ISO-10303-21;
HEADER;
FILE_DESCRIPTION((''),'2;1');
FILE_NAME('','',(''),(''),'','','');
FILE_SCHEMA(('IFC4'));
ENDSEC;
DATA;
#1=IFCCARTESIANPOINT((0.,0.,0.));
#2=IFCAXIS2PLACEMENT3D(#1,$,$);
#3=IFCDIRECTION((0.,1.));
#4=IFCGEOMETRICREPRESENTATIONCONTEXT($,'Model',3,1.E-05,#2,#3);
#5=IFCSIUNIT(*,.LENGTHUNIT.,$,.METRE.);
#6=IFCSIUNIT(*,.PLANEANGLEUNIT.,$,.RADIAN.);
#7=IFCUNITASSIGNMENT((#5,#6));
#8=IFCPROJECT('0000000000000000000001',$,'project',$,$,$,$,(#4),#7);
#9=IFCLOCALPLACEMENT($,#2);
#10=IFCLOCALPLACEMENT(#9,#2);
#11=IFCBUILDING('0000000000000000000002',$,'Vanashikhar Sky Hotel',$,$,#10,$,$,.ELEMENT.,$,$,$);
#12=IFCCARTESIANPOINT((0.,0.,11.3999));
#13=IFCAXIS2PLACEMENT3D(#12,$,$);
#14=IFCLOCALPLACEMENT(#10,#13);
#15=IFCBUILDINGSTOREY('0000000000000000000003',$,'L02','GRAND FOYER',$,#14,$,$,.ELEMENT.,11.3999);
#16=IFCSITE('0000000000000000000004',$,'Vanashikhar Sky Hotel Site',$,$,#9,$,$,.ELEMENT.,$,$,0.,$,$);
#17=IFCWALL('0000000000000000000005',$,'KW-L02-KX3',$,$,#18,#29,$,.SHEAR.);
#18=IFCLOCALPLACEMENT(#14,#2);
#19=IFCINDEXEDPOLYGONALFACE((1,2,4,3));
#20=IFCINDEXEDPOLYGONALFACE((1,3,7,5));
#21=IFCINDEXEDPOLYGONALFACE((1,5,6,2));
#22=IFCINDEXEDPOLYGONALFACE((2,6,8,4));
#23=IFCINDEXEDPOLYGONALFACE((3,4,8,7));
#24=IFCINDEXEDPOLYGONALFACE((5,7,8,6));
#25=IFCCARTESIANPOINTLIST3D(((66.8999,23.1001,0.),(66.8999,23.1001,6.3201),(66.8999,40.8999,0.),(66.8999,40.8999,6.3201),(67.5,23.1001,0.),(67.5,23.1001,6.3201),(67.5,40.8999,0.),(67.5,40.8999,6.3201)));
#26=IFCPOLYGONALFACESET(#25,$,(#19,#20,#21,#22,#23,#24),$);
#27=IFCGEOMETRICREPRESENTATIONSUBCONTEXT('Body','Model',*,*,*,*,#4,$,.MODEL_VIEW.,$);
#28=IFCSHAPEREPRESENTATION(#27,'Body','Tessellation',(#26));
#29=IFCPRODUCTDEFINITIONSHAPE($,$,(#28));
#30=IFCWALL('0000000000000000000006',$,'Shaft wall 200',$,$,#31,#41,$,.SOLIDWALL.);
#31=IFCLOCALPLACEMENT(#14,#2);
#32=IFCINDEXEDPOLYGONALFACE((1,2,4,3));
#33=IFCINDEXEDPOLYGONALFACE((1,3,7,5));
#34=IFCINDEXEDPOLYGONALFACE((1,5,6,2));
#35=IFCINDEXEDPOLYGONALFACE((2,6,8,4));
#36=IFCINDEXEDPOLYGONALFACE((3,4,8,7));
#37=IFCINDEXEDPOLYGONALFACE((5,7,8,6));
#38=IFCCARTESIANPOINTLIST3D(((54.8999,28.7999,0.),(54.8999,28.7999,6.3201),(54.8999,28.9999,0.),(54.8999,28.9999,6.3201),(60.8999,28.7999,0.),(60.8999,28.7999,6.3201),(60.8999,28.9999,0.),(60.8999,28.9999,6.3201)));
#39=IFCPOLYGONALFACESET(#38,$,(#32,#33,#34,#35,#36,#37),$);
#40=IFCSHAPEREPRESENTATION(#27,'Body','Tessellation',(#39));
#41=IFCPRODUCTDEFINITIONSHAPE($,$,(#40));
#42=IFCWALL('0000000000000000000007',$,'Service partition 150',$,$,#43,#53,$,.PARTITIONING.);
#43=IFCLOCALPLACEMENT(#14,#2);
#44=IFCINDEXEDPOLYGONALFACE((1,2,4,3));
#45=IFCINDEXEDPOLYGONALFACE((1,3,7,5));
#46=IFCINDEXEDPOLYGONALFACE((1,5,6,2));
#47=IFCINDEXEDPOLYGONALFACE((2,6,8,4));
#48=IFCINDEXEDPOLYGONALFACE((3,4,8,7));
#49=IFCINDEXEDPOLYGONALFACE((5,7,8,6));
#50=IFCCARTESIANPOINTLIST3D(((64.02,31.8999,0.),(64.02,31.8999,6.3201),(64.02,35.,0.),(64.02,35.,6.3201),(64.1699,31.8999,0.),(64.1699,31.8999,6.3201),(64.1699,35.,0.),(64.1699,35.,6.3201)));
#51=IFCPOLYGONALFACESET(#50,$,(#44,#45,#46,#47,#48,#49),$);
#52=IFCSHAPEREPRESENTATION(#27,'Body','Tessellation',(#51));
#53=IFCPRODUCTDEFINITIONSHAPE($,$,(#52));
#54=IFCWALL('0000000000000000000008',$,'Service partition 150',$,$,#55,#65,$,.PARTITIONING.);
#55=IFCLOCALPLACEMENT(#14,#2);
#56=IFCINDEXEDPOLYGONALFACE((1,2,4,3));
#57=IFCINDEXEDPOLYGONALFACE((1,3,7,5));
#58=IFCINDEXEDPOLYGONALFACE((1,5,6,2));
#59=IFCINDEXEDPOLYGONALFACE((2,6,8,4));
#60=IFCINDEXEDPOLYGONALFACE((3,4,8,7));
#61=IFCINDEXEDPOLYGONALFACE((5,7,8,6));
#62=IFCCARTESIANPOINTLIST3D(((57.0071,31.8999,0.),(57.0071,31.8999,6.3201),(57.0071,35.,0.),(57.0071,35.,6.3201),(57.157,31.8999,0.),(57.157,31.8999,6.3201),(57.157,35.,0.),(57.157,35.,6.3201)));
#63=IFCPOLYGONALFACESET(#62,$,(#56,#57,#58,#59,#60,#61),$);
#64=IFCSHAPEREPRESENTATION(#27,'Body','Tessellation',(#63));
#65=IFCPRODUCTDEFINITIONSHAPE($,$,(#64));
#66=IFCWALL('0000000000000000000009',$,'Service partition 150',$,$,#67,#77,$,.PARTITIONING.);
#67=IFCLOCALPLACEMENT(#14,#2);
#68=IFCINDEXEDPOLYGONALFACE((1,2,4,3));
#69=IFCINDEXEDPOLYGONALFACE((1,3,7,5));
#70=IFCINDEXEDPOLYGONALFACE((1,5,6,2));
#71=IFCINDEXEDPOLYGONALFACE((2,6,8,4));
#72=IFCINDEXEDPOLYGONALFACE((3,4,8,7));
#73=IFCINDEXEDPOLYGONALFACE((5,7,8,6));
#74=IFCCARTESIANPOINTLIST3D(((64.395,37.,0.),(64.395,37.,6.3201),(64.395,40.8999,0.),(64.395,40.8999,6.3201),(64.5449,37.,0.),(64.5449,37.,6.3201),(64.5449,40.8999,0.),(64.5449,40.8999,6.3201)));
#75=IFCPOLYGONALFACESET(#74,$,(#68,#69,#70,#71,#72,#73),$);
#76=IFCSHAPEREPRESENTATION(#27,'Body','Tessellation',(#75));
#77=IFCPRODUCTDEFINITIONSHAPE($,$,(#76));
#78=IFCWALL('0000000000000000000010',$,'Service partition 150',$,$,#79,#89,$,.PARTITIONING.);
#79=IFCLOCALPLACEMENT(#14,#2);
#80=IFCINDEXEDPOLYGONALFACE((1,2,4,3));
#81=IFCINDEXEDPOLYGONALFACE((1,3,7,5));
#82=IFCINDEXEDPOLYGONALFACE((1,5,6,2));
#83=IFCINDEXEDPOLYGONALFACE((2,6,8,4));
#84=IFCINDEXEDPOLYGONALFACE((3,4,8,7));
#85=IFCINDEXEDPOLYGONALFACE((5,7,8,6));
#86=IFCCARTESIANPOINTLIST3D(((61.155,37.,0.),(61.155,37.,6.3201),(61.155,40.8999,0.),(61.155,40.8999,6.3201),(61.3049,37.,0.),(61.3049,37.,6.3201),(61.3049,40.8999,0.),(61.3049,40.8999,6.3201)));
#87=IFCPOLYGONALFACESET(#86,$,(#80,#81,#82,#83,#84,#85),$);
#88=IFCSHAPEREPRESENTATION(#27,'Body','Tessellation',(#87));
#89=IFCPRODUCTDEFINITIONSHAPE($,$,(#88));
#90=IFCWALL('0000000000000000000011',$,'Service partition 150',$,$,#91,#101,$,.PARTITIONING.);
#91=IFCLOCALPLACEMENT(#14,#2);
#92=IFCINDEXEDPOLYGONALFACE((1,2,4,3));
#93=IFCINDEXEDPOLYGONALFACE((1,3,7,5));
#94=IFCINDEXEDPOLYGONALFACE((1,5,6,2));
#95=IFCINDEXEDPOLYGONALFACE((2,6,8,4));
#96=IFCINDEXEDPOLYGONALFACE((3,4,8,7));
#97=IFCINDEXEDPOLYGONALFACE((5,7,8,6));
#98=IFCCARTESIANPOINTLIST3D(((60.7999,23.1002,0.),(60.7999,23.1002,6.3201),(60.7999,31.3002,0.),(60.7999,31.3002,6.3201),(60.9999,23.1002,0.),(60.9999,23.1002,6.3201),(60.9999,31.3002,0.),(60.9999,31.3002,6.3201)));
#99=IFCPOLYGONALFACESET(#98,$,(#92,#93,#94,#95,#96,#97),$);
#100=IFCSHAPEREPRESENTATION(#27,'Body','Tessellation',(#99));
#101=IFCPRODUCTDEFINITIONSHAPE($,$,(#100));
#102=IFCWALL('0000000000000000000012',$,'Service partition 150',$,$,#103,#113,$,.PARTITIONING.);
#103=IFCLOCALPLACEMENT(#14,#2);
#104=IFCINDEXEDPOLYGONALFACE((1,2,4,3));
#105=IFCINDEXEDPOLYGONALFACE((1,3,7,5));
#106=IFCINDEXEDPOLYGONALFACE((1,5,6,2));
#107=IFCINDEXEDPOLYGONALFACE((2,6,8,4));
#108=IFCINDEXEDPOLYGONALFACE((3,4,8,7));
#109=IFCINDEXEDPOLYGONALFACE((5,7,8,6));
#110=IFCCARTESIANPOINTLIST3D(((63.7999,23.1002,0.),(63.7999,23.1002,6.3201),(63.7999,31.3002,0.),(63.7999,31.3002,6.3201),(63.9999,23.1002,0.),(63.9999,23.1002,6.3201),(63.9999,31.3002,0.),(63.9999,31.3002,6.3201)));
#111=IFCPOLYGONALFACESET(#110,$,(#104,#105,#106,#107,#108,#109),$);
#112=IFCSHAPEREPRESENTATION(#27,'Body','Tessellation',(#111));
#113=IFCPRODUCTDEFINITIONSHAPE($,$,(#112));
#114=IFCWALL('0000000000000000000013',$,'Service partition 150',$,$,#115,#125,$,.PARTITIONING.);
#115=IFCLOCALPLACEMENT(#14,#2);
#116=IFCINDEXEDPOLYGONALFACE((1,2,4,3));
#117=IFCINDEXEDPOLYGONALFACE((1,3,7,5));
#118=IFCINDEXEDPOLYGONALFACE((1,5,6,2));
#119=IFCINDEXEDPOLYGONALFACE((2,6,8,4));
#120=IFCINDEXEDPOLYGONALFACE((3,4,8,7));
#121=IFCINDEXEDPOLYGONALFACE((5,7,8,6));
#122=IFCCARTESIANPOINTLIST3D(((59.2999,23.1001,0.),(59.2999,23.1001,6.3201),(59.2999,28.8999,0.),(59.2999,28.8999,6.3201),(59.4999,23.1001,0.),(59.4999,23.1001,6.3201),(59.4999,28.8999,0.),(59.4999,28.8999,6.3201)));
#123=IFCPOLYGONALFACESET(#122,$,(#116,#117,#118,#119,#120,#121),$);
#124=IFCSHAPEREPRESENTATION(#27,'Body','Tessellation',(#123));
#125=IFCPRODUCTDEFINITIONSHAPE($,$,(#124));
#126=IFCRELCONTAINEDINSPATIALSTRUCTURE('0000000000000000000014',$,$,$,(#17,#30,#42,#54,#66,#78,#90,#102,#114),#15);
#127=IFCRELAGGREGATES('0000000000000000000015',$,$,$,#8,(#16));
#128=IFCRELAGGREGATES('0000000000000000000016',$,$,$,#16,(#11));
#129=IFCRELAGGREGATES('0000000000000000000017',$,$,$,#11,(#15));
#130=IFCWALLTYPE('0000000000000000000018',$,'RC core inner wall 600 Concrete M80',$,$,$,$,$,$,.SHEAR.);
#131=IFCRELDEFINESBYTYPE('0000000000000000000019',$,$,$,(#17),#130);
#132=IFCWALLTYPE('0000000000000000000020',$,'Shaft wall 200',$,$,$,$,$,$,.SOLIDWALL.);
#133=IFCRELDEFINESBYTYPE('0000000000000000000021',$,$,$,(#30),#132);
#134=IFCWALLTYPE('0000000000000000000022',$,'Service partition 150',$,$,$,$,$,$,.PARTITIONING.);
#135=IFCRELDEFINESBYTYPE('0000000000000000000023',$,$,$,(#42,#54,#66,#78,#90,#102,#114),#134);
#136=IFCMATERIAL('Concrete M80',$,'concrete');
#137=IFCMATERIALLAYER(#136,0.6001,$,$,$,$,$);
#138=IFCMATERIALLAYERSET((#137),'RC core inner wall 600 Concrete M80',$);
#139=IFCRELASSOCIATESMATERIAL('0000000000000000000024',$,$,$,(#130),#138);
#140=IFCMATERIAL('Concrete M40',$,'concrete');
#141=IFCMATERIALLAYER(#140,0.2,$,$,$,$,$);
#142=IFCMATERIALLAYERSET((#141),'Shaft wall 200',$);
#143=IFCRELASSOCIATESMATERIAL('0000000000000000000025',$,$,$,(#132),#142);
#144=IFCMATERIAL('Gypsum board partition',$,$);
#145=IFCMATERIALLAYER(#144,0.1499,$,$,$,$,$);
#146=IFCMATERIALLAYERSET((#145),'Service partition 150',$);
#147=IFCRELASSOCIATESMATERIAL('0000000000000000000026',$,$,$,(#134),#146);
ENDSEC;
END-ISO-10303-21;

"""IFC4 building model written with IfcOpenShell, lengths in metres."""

from ifc_helpers import new_model, si_unit, direction, frame, frame_2d, origin, place, context, subcontext, project, spatial, rectangle, extrude, source, transform, mapped, material, layer, layer_set, type_object, element, save


model = new_model("IFC4")

# Units and contexts
model_context = context("Model", 3, precision=1e-05, world=origin(), true_north=direction((0.0, 1.0)))
body_context = subcontext(model_context, "Body", "Model", "MODEL_VIEW")
ifc_project = project(units=[si_unit("LENGTHUNIT", "METRE"), si_unit("PLANEANGLEUNIT", "RADIAN")], contexts=[model_context])

# Site, building, storey
site_placement = place(None, origin())
site = spatial("IfcSite", under=ifc_project, at=site_placement, Name="Vanashikhar Sky Hotel Site", CompositionType="ELEMENT", RefElevation=0.0)
building_placement = place(site_placement, origin())
building = spatial("IfcBuilding", under=site, at=building_placement, Name="Vanashikhar Sky Hotel", CompositionType="ELEMENT")
storey_placement = place(building_placement, frame((0.0, 0.0, 11.3999)))
storey = spatial("IfcBuildingStorey", under=building, at=storey_placement, Name="L02", Description="GRAND FOYER", CompositionType="ELEMENT", Elevation=11.3999)

# Walls
ifc_material_1 = material(Name="Concrete M80", Category="concrete")
ifc_layer_1 = layer(ifc_material_1, 0.6001)
ifc_layer_set_1 = layer_set([ifc_layer_1], Name="RC core inner wall 600 Concrete M80")
wall_type_1 = type_object("IfcWallType", Name="RC core inner wall 600 Concrete M80", PredefinedType="SHEAR", material=ifc_layer_set_1)
shared_shape_1 = source(origin(), body_context, "Body", "SweptSolid", [
    extrude(rectangle(XDim=17.7998, YDim=0.6001, at=frame_2d((8.8999, 0.0))), origin(), (0.0, 0.0, 1.0), 6.3201),
])
wall_1_placement = place(storey_placement, frame((67.2, 23.1001, 0.0), z_axis=(0.0, 0.0, 1.0), x_axis=(0.0, 1.0, 0.0)))
element("IfcWall", 1, at=wall_1_placement, inside=storey, type_object=wall_type_1, Name="KW-L02-KX3", PredefinedType="SHEAR", context=body_context, shape_type="MappedRepresentation", body=[
    mapped(shared_shape_1, transform((0.0, 0.0, 0.0), scale=1.0)),
])
ifc_material_2 = material(Name="Concrete M40", Category="concrete")
ifc_layer_2 = layer(ifc_material_2, 0.2)
ifc_layer_set_2 = layer_set([ifc_layer_2], Name="Shaft wall 200")
wall_type_2 = type_object("IfcWallType", Name="Shaft wall 200", PredefinedType="SOLIDWALL", material=ifc_layer_set_2)
shared_shape_2 = source(origin(), body_context, "Body", "SweptSolid", [
    extrude(rectangle(XDim=6.0, YDim=0.2, at=frame_2d((3.0, 0.0))), origin(), (0.0, 0.0, 1.0), 6.3201),
])
wall_2_placement = place(storey_placement, frame((60.8999, 28.8999, 0.0), z_axis=(0.0, 0.0, 1.0), x_axis=(-1.0, 0.0, 0.0)))
element("IfcWall", 2, at=wall_2_placement, inside=storey, type_object=wall_type_2, Name="Shaft wall 200", PredefinedType="SOLIDWALL", context=body_context, shape_type="MappedRepresentation", body=[
    mapped(shared_shape_2, transform((0.0, 0.0, 0.0), scale=1.0)),
])
ifc_material_3 = material(Name="Gypsum board partition")
ifc_layer_3 = layer(ifc_material_3, 0.1499)
ifc_layer_set_3 = layer_set([ifc_layer_3], Name="Service partition 150")
wall_type_3 = type_object("IfcWallType", Name="Service partition 150", PredefinedType="PARTITIONING", material=ifc_layer_set_3)
shared_shape_3 = source(origin(), body_context, "Body", "SweptSolid", [
    extrude(rectangle(XDim=3.1001, YDim=0.1499, at=frame_2d((1.55, 0.0))), origin(), (0.0, 0.0, 1.0), 6.3201),
])
for number, where, z_axis, x_axis, name in (
    (3, (64.095, 31.8999, 0.0), (0.0, 0.0, 1.0), (0.0, 1.0, 0.0), "Service partition 150"),
    (4, (57.082, 31.8999, 0.0), (0.0, 0.0, 1.0), (0.0, 1.0, 0.0), "Service partition 150"),
):
    element("IfcWall", number, at=place(storey_placement, frame(where, z_axis=z_axis, x_axis=x_axis)), inside=storey, type_object=wall_type_3, Name=name, PredefinedType="PARTITIONING", context=body_context, shape_type="MappedRepresentation", body=[
        mapped(shared_shape_3, transform((0.0, 0.0, 0.0), scale=1.0)),
    ])
shared_shape_4 = source(origin(), body_context, "Body", "SweptSolid", [
    extrude(rectangle(XDim=3.8999, YDim=0.1499, at=frame_2d((1.95, 0.0))), origin(), (0.0, 0.0, 1.0), 6.3201),
])
for number, where, z_axis, x_axis, name in (
    (5, (64.47, 37.0, 0.0), (0.0, 0.0, 1.0), (0.0, 1.0, 0.0), "Service partition 150"),
    (6, (61.23, 37.0, 0.0), (0.0, 0.0, 1.0), (0.0, 1.0, 0.0), "Service partition 150"),
):
    element("IfcWall", number, at=place(storey_placement, frame(where, z_axis=z_axis, x_axis=x_axis)), inside=storey, type_object=wall_type_3, Name=name, PredefinedType="PARTITIONING", context=body_context, shape_type="MappedRepresentation", body=[
        mapped(shared_shape_4, transform((0.0, 0.0, 0.0), scale=1.0)),
    ])
shared_shape_5 = source(origin(), body_context, "Body", "SweptSolid", [
    extrude(rectangle(XDim=8.2, YDim=0.2, at=frame_2d((4.1001, 0.0))), origin(), (0.0, 0.0, 1.0), 6.3201),
])
for number, where, z_axis, x_axis, name in (
    (7, (60.8999, 23.1001, 0.0), (0.0, 0.0, 1.0), (0.0, 1.0, 0.0), "Service partition 150"),
    (8, (63.8999, 23.1001, 0.0), (0.0, 0.0, 1.0), (0.0, 1.0, 0.0), "Service partition 150"),
):
    element("IfcWall", number, at=place(storey_placement, frame(where, z_axis=z_axis, x_axis=x_axis)), inside=storey, type_object=wall_type_3, Name=name, PredefinedType="PARTITIONING", context=body_context, shape_type="MappedRepresentation", body=[
        mapped(shared_shape_5, transform((0.0, 0.0, 0.0), scale=1.0)),
    ])
shared_shape_6 = source(origin(), body_context, "Body", "SweptSolid", [
    extrude(rectangle(XDim=5.7998, YDim=0.2, at=frame_2d((2.8999, 0.0))), origin(), (0.0, 0.0, 1.0), 6.3201),
])
wall_3_placement = place(storey_placement, frame((59.3999, 23.1001, 0.0), z_axis=(0.0, 0.0, 1.0), x_axis=(0.0, 1.0, 0.0)))
element("IfcWall", 9, at=wall_3_placement, inside=storey, type_object=wall_type_3, Name="Service partition 150", PredefinedType="PARTITIONING", context=body_context, shape_type="MappedRepresentation", body=[
    mapped(shared_shape_6, transform((0.0, 0.0, 0.0), scale=1.0)),
])

save(model, "model.ifc")
